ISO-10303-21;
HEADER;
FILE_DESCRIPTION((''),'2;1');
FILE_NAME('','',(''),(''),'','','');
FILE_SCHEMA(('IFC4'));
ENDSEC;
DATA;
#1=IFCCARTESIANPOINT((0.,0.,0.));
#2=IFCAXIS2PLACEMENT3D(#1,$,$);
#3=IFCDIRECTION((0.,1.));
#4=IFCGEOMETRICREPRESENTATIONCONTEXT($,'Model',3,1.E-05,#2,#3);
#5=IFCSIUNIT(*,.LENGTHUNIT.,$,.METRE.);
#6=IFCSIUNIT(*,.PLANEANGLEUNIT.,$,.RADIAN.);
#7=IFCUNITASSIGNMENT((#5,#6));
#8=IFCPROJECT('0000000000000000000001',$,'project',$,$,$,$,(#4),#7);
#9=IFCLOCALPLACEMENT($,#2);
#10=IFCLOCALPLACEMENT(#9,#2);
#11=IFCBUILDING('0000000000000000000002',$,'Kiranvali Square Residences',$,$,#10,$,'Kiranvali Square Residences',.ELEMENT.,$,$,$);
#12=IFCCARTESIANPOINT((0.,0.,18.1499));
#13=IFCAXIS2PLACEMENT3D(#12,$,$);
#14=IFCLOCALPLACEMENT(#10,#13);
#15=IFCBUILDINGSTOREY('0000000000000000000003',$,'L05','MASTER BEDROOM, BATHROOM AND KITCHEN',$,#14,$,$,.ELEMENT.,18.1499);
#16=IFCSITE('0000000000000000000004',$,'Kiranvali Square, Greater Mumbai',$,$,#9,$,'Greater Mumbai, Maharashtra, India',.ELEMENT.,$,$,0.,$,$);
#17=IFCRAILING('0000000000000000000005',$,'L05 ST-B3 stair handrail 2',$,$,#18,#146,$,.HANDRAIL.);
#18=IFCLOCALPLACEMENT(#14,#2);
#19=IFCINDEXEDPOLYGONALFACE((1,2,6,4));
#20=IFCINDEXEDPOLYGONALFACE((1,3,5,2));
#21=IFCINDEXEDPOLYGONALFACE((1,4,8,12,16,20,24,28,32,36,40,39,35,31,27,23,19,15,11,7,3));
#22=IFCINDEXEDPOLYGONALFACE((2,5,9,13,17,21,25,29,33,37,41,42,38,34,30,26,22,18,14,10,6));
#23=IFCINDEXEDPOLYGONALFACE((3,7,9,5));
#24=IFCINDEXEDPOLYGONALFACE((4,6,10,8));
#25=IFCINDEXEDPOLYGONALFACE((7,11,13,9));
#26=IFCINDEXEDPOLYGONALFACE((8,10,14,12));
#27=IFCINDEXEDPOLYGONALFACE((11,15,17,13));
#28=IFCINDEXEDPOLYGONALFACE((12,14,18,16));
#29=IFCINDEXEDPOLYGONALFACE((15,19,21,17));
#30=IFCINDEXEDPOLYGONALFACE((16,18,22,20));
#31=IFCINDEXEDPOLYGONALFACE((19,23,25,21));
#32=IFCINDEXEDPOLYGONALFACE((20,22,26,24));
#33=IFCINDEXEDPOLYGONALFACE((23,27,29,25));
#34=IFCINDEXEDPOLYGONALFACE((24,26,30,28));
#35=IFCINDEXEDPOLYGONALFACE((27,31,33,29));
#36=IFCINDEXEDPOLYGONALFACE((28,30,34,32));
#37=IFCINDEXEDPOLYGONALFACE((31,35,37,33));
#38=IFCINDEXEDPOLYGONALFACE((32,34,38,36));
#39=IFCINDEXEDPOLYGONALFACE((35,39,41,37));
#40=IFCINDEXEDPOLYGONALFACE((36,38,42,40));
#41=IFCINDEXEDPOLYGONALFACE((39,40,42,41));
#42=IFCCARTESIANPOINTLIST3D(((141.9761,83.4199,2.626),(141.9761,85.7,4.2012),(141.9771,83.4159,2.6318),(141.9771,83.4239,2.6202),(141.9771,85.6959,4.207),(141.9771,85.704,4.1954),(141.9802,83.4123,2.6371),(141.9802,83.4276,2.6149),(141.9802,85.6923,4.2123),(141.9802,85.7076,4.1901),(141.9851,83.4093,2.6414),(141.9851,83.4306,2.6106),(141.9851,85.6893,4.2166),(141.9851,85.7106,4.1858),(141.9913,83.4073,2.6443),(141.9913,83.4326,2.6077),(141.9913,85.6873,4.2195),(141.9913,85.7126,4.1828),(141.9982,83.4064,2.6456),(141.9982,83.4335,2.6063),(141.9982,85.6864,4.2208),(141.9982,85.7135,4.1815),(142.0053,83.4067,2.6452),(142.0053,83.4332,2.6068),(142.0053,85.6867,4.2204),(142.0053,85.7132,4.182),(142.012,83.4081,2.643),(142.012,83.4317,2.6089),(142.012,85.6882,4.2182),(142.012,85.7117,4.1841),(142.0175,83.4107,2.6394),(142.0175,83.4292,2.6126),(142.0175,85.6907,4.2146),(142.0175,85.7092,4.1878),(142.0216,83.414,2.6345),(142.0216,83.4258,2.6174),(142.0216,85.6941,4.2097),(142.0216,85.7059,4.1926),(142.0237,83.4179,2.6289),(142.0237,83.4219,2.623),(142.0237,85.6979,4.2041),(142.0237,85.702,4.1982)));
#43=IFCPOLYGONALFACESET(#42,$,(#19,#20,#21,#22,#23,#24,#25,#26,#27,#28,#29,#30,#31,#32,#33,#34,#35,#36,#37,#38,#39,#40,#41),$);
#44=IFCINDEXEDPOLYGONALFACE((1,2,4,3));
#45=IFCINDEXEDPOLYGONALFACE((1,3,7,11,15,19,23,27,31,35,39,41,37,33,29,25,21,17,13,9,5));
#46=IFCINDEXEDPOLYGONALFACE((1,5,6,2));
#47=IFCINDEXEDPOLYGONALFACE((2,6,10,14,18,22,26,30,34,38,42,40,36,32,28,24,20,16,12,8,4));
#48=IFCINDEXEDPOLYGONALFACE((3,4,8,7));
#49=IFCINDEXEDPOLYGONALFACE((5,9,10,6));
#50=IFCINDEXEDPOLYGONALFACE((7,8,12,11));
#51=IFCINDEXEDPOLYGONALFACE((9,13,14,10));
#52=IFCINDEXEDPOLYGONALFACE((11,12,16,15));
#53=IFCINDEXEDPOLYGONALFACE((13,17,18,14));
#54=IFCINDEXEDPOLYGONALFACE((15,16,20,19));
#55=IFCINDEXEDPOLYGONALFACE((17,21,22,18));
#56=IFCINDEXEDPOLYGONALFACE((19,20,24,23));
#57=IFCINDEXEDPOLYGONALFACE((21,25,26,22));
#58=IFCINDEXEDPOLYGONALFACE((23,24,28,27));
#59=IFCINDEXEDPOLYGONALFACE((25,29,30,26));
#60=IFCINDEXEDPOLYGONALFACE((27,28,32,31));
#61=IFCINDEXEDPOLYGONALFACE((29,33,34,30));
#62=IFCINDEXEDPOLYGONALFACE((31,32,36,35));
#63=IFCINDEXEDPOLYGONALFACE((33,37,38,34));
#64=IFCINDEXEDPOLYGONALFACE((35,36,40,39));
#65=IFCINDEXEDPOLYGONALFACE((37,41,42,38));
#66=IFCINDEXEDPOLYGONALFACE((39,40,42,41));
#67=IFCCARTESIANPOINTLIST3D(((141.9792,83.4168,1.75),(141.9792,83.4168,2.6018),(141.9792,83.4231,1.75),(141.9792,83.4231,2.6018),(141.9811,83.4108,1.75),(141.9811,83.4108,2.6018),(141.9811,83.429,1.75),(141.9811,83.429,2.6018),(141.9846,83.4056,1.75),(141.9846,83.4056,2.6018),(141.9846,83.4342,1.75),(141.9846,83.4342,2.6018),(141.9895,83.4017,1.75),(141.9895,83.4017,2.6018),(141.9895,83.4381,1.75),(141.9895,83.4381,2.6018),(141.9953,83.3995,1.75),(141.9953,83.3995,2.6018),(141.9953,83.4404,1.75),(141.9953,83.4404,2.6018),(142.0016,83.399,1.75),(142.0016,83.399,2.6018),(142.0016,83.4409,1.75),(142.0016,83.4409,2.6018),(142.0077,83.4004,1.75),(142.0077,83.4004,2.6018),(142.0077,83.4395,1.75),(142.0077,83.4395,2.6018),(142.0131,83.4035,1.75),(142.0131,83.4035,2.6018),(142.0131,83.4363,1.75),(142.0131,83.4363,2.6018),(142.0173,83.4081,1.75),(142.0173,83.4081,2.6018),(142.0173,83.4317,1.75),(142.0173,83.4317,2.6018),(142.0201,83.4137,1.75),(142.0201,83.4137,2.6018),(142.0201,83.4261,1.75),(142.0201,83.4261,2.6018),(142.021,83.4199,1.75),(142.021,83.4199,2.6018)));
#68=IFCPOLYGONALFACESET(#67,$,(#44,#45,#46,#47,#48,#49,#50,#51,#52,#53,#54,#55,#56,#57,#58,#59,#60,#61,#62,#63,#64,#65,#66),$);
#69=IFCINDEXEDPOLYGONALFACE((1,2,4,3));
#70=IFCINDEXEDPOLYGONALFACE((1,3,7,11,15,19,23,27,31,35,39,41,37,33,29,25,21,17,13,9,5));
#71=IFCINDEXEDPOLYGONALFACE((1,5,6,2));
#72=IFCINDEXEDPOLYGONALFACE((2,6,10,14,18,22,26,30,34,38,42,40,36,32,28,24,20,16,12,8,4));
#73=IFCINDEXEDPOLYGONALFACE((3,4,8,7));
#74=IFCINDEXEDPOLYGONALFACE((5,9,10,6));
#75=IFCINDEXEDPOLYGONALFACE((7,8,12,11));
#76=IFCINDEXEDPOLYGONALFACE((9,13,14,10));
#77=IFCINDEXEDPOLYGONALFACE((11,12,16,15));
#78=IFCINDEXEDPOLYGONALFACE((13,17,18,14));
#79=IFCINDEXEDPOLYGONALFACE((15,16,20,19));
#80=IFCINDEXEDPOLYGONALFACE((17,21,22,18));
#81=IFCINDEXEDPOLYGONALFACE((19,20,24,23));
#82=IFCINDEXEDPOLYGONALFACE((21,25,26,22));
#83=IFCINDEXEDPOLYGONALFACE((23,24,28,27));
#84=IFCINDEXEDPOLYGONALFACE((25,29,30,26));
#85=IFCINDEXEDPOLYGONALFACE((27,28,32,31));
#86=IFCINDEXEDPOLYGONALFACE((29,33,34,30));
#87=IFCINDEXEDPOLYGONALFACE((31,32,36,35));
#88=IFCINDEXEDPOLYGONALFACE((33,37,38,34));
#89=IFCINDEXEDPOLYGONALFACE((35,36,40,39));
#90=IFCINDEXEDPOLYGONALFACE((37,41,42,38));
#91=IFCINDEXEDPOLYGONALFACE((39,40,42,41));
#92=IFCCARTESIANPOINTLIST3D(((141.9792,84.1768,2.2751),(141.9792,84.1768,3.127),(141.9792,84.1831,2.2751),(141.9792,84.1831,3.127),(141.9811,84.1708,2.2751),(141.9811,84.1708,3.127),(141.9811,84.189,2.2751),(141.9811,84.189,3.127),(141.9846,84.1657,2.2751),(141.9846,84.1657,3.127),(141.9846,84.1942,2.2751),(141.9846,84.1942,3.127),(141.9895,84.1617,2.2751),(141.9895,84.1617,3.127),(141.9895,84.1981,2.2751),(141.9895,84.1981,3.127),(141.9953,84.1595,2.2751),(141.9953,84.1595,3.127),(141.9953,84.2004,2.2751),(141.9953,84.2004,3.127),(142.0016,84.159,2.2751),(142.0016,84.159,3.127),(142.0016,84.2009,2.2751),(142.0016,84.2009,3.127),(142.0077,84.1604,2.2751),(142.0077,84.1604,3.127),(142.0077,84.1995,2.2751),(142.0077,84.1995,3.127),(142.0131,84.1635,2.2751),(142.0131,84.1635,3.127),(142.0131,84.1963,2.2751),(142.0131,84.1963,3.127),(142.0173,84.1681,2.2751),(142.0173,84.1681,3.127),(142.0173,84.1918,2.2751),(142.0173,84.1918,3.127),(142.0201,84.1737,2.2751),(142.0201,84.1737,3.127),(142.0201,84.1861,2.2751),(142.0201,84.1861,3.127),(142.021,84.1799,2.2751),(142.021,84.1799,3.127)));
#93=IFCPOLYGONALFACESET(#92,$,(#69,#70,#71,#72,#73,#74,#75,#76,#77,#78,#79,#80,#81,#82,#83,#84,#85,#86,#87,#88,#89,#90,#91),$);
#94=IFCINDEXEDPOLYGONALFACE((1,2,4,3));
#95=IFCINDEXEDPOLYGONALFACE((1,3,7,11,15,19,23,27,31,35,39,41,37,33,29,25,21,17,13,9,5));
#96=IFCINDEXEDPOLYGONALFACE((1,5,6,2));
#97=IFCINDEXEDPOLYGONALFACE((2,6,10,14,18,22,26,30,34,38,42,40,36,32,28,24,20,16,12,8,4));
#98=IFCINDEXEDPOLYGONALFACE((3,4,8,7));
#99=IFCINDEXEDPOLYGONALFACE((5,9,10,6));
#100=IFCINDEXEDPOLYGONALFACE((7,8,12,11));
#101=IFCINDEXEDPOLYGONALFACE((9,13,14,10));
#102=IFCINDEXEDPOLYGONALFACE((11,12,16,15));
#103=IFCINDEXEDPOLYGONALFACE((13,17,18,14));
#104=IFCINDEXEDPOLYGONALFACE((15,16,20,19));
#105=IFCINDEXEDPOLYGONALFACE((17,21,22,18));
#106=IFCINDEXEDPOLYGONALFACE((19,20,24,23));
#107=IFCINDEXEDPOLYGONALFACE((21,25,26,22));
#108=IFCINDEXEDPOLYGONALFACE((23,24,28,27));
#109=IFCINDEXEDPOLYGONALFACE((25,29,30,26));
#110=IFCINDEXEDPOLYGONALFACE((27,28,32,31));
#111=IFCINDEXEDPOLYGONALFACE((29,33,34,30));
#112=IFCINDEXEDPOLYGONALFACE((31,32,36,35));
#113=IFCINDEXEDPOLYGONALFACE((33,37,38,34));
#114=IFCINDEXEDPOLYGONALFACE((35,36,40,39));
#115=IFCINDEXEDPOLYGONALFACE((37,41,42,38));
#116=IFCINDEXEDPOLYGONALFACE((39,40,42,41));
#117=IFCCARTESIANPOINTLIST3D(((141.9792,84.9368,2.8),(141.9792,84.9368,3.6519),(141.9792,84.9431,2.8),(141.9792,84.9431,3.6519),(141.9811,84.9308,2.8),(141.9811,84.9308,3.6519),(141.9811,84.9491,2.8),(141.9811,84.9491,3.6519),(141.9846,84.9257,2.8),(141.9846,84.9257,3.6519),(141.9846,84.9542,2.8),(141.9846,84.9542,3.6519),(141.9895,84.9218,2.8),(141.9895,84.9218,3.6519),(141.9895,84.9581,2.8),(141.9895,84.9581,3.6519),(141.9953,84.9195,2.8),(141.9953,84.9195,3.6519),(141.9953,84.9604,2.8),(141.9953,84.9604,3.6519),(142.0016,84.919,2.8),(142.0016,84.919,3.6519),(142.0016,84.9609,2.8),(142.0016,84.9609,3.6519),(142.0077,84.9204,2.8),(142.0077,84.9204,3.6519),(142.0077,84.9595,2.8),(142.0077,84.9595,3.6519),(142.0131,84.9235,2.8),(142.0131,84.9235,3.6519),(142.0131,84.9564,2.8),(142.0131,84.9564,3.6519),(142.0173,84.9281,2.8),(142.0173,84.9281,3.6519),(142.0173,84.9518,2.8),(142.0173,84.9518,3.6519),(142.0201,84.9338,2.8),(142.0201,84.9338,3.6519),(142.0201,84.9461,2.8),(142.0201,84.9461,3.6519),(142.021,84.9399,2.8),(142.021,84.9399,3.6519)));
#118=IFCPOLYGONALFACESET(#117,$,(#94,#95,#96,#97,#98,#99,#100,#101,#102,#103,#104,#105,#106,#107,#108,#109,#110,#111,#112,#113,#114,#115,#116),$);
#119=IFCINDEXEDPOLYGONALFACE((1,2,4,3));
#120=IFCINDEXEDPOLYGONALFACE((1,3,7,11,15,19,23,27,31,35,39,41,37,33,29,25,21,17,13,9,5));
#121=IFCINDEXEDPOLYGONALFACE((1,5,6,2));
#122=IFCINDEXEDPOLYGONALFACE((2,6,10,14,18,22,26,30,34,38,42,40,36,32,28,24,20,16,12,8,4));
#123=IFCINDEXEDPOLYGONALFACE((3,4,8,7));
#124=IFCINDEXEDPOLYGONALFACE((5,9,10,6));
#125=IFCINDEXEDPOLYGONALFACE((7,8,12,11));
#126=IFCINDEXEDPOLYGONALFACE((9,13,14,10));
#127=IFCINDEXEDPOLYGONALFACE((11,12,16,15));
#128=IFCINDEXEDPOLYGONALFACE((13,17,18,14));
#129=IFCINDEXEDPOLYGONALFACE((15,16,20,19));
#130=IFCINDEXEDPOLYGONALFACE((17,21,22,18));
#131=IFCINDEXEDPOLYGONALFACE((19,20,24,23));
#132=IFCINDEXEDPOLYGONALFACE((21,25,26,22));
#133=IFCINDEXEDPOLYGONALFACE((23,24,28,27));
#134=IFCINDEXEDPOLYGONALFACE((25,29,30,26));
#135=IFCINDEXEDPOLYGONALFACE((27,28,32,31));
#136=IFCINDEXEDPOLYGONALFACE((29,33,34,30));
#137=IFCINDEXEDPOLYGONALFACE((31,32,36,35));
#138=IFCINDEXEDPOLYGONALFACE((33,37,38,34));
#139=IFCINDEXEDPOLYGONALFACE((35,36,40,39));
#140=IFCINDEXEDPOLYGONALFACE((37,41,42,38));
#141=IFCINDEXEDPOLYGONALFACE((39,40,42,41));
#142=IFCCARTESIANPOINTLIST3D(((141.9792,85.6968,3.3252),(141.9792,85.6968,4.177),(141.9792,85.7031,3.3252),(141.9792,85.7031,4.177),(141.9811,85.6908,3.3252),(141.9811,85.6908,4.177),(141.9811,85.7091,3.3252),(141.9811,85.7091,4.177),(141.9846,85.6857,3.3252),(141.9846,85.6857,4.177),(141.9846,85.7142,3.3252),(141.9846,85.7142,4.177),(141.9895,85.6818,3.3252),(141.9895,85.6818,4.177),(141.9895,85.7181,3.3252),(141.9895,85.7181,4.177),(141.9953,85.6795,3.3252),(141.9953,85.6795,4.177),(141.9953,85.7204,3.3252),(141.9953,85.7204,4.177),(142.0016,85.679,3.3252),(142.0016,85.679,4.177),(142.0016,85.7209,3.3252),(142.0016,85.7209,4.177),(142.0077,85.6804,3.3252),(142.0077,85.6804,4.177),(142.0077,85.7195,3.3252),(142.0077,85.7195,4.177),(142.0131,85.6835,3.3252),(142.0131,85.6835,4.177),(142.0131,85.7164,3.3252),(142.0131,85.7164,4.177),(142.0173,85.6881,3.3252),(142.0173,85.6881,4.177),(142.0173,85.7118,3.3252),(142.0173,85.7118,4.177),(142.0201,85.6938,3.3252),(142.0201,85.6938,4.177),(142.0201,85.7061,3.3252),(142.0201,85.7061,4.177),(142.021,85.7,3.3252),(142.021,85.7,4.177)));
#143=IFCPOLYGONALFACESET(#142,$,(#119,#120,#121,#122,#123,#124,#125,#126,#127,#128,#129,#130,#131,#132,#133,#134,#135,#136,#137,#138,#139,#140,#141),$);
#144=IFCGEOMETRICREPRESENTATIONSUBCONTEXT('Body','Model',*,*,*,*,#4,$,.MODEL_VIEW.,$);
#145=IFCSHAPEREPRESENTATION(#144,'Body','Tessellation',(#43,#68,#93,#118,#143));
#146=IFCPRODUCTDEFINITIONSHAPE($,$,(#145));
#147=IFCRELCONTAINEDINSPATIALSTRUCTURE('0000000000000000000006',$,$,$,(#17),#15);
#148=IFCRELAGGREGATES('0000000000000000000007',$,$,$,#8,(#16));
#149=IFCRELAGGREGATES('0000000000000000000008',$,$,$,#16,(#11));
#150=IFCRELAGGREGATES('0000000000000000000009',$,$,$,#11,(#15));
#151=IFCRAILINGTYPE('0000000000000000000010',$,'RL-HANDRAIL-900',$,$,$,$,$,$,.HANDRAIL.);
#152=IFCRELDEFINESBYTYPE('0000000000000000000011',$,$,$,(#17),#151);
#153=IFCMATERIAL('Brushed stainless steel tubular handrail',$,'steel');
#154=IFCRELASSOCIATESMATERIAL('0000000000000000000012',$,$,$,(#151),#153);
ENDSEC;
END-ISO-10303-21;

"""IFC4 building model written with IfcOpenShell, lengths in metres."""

from ifc_helpers import new_model, si_unit, direction, frame, origin, origin_2d, place, context, subcontext, project, spatial, circle, extrude, material, type_object, element, save


model = new_model("IFC4")

# Units and contexts
model_context = context("Model", 3, precision=1e-05, world=origin(), true_north=direction((0.0, 1.0)))
body_context = subcontext(model_context, "Body", "Model", "MODEL_VIEW")
ifc_project = project(units=[si_unit("LENGTHUNIT", "METRE"), si_unit("PLANEANGLEUNIT", "RADIAN")], contexts=[model_context])

# Site, building, storey
site_placement = place(None, origin())
site = spatial("IfcSite", under=ifc_project, at=site_placement, Name="Kiranvali Square, Greater Mumbai", LongName="Greater Mumbai, Maharashtra, India", CompositionType="ELEMENT", RefElevation=0.0)
building_placement = place(site_placement, origin())
building = spatial("IfcBuilding", under=site, at=building_placement, Name="Kiranvali Square Residences", LongName="Kiranvali Square Residences", CompositionType="ELEMENT")
storey_placement = place(building_placement, frame((0.0, 0.0, 18.1499)))
storey = spatial("IfcBuildingStorey", under=building, at=storey_placement, Name="L05", Description="MASTER BEDROOM, BATHROOM AND KITCHEN", CompositionType="ELEMENT", Elevation=18.1499)

# Railing
ifc_material_1 = material(Name="Brushed stainless steel tubular handrail", Category="steel")
railing_type_1 = type_object("IfcRailingType", Name="RL-HANDRAIL-900", PredefinedType="HANDRAIL", material=ifc_material_1)
railing_1_placement = place(storey_placement, frame((142.0, 83.4199, 1.75)))
element("IfcRailing", 1, at=railing_1_placement, inside=storey, type_object=railing_type_1, Name="L05 ST-B3 stair handrail 2", PredefinedType="HANDRAIL", context=body_context, shape_type="SweptSolid", body=[
    extrude(circle(Radius=0.0239, at=origin_2d()), frame((0.0, 0.0, 0.876), z_axis=(0.0, 0.822747, 0.568408), x_axis=(-1.0, 0.0, 0.0)), (0.0, 0.0, 1.0), 2.7712),
    extrude(circle(Radius=0.021, at=origin_2d()), origin(), (0.0, 0.0, 1.0), 0.8518),
    extrude(circle(Radius=0.021, at=origin_2d()), frame((0.0, 0.76, 0.5251)), (0.0, 0.0, 1.0), 0.8518),
    extrude(circle(Radius=0.021, at=origin_2d()), frame((0.0, 1.52, 1.05)), (0.0, 0.0, 1.0), 0.8518),
    extrude(circle(Radius=0.021, at=origin_2d()), frame((0.0, 2.28, 1.5752)), (0.0, 0.0, 1.0), 0.8518),
])

save(model, "model.ifc")
